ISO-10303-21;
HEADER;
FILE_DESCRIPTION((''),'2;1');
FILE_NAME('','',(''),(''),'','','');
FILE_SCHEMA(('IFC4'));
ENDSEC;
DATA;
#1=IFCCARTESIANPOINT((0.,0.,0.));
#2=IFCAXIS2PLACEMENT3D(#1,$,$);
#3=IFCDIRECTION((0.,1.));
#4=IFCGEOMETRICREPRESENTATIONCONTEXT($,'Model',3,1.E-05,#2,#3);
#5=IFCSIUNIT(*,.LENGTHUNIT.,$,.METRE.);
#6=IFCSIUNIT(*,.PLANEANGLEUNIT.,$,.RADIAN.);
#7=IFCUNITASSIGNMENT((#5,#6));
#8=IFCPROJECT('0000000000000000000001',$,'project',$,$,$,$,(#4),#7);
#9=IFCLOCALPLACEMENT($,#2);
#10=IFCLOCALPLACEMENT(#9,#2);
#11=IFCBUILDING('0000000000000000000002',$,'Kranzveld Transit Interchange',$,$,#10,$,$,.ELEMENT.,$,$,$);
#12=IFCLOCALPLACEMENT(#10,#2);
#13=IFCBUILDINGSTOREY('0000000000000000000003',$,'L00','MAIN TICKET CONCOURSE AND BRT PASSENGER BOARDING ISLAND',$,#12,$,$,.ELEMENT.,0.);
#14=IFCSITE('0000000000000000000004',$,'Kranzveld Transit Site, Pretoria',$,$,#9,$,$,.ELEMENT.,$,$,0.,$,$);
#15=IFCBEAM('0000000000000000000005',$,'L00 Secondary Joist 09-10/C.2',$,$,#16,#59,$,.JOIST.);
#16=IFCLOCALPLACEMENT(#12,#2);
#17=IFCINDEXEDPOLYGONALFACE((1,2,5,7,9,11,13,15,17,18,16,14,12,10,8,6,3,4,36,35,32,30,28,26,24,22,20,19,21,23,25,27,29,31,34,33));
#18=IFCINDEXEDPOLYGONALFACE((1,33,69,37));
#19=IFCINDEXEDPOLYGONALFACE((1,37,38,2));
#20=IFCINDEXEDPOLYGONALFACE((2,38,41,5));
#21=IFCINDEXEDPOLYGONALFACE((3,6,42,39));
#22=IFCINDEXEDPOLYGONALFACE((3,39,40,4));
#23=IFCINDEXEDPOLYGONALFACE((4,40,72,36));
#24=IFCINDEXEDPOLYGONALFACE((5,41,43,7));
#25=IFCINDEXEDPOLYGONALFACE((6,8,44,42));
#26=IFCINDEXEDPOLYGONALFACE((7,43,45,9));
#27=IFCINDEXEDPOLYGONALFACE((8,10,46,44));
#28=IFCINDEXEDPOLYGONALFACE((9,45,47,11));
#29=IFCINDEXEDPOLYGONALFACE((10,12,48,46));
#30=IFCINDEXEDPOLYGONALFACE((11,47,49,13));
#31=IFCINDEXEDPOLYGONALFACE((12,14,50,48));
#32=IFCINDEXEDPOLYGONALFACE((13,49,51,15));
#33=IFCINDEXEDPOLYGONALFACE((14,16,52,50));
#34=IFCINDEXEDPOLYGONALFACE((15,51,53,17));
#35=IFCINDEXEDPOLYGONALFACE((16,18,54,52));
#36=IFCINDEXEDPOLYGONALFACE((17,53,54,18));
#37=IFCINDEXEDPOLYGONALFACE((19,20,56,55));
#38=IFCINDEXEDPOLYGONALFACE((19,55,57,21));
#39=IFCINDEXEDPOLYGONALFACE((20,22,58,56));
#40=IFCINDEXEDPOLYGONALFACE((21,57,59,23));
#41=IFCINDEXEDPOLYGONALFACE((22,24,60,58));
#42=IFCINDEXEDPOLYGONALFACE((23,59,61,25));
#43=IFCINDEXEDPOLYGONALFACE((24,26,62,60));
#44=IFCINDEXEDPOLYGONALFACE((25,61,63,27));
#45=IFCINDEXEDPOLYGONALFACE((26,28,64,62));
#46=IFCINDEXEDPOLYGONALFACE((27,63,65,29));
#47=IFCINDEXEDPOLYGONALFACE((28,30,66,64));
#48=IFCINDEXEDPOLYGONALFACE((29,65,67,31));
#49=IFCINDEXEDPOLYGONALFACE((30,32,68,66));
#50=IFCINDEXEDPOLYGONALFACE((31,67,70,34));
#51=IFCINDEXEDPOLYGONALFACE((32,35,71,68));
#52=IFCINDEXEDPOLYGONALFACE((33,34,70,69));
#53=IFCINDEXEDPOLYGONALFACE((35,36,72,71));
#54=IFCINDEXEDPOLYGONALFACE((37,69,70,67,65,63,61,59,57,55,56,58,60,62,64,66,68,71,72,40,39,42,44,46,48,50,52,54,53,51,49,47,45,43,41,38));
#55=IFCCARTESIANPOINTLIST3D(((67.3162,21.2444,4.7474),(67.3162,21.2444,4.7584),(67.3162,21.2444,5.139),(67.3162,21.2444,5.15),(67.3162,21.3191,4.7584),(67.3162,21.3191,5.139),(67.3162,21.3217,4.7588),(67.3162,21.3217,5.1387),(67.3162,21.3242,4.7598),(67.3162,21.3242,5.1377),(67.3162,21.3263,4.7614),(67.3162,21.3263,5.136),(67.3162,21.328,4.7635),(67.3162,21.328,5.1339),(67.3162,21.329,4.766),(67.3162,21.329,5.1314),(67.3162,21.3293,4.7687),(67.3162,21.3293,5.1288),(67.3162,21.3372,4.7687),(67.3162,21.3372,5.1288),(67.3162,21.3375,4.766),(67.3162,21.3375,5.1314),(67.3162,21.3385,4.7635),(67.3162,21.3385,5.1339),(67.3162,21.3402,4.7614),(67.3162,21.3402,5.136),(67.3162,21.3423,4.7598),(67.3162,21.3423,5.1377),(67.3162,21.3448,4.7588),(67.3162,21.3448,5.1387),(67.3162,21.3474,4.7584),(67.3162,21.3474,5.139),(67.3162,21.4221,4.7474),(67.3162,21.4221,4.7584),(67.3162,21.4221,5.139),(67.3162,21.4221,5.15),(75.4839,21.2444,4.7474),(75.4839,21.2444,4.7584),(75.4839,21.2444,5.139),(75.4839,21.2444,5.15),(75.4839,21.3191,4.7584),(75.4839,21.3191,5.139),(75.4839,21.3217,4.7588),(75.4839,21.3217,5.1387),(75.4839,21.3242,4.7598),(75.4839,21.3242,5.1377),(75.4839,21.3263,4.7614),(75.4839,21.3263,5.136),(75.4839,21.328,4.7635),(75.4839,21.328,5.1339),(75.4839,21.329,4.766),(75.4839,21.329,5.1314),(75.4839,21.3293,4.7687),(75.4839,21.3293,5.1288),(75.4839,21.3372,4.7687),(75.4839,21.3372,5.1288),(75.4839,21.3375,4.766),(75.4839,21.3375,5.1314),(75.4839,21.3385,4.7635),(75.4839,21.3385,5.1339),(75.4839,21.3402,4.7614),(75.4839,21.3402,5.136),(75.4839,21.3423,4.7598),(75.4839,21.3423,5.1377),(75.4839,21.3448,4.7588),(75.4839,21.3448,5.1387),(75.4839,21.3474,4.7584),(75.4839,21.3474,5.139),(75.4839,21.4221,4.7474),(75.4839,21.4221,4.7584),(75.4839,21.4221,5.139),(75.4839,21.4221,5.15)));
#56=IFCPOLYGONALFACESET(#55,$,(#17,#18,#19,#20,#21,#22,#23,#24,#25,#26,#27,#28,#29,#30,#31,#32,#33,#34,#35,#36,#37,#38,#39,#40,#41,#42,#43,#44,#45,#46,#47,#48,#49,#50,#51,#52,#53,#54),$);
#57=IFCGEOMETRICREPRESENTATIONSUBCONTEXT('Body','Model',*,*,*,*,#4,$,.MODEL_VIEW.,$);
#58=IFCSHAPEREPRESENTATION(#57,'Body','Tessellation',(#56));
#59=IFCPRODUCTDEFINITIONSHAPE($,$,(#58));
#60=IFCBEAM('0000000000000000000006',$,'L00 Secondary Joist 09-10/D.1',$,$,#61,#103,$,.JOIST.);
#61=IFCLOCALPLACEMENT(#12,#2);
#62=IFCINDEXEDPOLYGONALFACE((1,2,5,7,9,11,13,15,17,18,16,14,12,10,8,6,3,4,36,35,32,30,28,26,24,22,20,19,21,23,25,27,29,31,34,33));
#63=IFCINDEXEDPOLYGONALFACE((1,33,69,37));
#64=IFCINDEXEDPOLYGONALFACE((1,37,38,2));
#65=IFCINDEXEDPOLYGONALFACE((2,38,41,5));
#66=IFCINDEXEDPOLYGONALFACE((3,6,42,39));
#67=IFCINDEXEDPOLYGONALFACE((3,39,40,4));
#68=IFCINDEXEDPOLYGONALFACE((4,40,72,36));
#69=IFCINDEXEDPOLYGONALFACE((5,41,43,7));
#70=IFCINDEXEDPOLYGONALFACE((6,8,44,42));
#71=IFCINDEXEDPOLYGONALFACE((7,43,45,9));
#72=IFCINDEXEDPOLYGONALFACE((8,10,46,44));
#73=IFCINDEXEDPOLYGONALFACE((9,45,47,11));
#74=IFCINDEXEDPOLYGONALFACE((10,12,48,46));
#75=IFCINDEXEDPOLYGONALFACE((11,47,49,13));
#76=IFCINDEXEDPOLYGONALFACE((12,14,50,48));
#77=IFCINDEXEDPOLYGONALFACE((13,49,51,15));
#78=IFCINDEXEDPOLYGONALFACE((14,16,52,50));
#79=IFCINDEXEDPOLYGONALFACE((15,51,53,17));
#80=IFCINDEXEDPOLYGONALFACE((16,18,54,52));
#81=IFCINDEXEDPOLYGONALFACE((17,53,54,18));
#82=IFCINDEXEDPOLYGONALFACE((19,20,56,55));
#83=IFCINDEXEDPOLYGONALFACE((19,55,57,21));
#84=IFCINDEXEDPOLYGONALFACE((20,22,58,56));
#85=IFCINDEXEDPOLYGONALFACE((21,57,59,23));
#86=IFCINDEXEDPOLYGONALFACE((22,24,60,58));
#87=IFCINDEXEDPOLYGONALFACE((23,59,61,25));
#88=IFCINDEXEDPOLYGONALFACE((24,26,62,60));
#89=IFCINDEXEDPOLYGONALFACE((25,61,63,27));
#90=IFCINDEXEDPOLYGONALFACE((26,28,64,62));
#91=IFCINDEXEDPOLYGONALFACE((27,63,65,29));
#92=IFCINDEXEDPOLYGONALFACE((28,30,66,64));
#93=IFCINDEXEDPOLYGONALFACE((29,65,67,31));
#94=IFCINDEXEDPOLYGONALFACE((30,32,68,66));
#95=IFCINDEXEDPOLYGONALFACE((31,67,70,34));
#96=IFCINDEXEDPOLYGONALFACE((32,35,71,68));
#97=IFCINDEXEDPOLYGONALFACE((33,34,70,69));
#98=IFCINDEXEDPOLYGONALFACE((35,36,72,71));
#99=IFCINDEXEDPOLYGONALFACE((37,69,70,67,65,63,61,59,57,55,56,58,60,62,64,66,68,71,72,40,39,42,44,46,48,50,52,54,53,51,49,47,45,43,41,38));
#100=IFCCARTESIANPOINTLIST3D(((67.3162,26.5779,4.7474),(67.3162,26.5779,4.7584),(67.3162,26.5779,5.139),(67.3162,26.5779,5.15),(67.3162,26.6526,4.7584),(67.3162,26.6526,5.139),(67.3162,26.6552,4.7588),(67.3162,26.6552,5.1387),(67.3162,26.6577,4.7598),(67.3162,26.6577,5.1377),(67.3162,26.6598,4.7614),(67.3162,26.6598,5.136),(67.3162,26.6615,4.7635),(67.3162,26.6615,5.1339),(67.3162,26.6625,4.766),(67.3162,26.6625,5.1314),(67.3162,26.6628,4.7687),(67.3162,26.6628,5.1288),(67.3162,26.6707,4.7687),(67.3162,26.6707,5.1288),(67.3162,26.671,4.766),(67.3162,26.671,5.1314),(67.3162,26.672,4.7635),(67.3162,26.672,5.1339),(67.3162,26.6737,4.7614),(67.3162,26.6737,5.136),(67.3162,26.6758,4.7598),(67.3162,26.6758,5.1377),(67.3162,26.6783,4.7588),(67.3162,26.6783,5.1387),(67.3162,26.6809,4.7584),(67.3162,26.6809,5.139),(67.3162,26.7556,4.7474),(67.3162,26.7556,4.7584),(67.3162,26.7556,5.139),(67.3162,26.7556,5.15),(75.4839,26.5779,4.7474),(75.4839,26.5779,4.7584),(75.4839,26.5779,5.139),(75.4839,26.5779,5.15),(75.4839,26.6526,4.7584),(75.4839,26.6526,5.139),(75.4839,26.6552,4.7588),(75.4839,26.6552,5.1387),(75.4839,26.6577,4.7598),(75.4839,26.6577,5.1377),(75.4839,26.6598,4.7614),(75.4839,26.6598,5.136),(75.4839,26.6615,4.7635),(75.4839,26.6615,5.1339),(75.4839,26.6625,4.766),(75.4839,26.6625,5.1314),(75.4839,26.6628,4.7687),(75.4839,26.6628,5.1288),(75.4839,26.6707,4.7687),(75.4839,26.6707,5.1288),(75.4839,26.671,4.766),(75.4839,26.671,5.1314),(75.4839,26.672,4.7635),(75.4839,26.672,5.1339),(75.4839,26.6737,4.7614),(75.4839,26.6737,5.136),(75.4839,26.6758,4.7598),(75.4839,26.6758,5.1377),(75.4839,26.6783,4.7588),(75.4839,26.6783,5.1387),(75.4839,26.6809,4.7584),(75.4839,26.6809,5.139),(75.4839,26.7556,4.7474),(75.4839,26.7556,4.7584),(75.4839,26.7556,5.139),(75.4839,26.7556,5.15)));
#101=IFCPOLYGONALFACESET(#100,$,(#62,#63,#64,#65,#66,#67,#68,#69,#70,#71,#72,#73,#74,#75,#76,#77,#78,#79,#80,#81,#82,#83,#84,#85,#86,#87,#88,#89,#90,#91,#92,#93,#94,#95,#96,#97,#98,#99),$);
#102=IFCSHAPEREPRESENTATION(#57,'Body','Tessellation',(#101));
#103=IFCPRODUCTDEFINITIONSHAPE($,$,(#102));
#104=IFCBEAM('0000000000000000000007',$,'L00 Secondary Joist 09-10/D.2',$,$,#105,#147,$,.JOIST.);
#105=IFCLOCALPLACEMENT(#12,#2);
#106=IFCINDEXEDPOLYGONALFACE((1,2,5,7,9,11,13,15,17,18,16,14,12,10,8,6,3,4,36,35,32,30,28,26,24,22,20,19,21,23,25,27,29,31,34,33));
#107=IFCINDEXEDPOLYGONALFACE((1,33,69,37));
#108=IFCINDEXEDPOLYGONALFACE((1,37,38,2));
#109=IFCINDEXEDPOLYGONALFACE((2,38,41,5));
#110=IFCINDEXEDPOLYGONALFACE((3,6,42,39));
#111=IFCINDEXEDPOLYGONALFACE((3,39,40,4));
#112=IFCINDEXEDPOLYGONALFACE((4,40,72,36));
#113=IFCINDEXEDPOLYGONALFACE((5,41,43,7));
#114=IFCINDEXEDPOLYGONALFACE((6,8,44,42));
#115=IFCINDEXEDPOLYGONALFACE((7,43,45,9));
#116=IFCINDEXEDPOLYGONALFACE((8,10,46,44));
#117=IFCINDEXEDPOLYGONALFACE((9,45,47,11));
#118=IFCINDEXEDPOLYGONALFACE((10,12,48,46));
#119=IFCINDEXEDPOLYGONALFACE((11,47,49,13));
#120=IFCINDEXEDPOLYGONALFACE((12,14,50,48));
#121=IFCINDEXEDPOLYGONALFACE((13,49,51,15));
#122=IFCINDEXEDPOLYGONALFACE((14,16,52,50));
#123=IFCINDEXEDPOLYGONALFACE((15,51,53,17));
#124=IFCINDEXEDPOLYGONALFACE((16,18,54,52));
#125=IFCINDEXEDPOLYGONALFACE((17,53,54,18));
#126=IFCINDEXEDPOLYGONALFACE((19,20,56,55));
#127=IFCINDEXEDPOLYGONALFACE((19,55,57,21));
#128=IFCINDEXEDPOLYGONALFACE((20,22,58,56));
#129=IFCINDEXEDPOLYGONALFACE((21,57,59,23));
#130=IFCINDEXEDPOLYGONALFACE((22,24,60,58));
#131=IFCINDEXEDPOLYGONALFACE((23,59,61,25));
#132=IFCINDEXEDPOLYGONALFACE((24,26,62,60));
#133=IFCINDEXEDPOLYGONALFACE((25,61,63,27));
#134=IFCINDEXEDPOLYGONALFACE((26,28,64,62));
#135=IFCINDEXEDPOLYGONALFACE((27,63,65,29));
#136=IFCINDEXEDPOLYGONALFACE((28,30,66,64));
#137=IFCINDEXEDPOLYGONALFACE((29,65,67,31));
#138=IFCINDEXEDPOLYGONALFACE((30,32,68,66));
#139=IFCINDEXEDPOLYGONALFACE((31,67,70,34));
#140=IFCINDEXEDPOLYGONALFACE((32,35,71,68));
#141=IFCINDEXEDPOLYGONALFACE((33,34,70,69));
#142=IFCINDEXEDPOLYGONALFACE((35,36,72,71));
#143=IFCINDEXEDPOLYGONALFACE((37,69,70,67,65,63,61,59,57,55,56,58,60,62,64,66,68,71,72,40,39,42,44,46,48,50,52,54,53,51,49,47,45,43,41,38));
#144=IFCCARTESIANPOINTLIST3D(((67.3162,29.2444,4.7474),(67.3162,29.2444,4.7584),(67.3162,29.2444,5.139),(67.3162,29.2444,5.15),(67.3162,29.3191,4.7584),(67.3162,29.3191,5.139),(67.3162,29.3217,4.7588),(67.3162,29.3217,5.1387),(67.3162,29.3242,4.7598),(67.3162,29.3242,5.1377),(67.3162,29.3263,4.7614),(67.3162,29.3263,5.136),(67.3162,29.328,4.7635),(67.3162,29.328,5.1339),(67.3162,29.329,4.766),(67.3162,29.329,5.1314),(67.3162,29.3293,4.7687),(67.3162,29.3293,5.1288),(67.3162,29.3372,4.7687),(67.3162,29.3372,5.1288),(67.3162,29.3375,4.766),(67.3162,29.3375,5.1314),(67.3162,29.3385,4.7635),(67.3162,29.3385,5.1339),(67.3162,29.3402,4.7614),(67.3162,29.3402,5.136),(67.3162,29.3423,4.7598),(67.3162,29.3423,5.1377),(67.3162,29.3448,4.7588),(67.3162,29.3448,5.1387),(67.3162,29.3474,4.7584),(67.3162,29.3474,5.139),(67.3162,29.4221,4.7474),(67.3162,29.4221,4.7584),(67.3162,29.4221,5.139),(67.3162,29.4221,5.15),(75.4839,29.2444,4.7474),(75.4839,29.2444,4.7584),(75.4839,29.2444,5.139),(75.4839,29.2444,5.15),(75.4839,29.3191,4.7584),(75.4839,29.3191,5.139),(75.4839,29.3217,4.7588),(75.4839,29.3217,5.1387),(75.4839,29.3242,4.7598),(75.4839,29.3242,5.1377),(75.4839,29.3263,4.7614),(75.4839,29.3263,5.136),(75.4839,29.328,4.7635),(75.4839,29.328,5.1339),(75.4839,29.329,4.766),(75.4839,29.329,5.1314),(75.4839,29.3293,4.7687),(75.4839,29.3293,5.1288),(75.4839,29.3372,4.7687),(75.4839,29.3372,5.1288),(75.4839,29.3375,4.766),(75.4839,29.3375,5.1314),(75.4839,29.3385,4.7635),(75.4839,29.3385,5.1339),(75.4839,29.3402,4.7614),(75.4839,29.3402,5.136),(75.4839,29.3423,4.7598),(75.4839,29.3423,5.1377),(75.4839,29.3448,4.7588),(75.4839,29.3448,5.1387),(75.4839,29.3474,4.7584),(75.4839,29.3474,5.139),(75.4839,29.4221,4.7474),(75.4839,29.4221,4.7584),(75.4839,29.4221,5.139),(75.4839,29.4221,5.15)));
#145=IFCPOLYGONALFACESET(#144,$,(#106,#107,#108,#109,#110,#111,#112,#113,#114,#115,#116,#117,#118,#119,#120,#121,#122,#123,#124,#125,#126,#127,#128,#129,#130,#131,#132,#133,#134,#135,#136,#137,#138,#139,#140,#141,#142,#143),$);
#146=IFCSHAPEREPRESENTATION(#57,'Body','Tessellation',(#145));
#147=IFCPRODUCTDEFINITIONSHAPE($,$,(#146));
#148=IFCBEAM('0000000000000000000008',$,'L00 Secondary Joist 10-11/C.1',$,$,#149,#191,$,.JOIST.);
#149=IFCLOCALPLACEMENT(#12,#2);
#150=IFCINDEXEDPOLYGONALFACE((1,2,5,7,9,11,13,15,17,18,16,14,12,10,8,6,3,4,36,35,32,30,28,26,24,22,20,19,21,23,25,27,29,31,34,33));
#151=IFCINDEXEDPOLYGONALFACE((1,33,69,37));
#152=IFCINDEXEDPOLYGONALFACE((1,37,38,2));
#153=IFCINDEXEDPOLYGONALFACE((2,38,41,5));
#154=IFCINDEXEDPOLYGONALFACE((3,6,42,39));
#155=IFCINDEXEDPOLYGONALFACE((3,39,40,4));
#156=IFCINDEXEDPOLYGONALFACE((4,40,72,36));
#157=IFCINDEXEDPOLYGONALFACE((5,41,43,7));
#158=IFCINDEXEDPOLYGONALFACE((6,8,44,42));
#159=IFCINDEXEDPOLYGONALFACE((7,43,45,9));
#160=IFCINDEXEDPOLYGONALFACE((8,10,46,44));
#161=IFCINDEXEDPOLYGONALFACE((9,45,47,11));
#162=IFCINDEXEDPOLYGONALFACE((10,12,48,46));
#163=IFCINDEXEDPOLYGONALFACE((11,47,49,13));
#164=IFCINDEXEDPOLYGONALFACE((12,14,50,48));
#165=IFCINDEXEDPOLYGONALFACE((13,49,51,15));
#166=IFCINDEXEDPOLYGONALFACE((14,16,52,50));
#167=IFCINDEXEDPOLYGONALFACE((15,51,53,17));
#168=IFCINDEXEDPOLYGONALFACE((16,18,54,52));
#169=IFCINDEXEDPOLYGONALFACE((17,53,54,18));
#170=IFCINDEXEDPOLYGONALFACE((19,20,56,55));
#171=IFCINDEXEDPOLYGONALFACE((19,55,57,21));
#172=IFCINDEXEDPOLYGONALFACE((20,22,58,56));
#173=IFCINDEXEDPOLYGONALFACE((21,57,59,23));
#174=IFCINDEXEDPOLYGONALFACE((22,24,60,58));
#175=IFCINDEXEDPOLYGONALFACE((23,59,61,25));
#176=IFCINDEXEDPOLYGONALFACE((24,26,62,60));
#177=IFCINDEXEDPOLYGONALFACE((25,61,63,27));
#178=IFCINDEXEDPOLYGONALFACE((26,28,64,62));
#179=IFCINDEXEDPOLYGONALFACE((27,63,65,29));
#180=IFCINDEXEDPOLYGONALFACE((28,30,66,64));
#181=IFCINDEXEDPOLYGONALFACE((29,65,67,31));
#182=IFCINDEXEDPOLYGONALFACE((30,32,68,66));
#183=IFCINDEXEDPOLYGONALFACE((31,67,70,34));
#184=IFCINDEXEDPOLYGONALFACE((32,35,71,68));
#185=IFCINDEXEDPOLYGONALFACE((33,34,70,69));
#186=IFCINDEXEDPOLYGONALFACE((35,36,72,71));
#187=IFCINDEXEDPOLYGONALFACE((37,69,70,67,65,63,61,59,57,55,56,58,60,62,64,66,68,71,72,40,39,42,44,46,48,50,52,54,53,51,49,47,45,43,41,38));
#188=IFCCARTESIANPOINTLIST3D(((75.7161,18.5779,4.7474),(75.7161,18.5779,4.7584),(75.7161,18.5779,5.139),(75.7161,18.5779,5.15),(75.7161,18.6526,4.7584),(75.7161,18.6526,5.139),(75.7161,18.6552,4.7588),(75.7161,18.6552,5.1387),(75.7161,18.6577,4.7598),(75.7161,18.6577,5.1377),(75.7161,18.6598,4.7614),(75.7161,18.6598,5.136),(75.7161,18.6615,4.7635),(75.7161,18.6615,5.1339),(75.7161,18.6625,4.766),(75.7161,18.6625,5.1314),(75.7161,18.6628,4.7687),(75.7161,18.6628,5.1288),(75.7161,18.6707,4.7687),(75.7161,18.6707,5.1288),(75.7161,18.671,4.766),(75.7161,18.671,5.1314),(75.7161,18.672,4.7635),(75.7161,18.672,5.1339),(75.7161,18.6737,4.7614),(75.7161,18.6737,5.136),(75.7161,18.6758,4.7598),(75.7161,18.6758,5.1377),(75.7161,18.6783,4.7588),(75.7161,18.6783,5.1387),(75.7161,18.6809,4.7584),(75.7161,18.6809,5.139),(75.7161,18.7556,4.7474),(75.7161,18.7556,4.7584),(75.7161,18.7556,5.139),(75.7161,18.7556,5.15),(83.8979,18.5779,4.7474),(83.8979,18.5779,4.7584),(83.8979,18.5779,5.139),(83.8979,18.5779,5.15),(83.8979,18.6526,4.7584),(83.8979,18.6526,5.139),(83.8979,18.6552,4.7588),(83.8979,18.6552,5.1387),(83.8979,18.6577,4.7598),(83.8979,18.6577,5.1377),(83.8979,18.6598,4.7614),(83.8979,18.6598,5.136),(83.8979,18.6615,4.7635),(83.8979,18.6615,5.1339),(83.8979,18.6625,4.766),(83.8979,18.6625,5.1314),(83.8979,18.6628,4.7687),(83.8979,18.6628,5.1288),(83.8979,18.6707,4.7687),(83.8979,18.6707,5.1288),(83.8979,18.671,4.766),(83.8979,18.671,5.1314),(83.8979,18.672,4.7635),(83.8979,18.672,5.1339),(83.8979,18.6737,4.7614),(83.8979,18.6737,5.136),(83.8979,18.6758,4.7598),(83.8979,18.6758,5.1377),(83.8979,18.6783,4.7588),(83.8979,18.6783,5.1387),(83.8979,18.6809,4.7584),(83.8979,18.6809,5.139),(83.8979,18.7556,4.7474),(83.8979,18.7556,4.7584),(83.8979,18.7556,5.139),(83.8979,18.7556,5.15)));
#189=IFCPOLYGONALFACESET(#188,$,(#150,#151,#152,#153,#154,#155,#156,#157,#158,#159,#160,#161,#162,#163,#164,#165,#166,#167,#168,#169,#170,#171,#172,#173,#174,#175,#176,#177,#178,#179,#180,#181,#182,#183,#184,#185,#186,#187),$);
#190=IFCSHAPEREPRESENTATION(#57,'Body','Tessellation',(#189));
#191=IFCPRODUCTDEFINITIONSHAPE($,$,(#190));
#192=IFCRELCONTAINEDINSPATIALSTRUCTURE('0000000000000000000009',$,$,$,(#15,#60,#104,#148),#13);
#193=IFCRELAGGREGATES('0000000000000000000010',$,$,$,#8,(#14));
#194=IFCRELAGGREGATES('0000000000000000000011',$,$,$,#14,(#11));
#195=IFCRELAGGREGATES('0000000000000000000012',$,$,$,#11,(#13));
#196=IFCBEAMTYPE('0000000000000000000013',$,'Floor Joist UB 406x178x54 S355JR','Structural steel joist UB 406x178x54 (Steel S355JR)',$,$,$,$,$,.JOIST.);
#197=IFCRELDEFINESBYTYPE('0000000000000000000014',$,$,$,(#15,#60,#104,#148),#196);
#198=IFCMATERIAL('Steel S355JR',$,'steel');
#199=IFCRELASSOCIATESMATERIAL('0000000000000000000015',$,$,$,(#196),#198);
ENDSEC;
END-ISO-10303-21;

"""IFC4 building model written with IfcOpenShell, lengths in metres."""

from ifc_helpers import new_model, si_unit, direction, frame, origin, origin_2d, place, context, subcontext, project, spatial, i_section, extrude, material, material_profile, profile_set, type_object, element, save


model = new_model("IFC4")

# Units and contexts
model_context = context("Model", 3, precision=1e-05, world=origin(), true_north=direction((0.0, 1.0)))
body_context = subcontext(model_context, "Body", "Model", "MODEL_VIEW")
ifc_project = project(units=[si_unit("LENGTHUNIT", "METRE"), si_unit("PLANEANGLEUNIT", "RADIAN")], contexts=[model_context])

# Site, building, storey
site_placement = place(None, origin())
site = spatial("IfcSite", under=ifc_project, at=site_placement, Name="Kranzveld Transit Site, Pretoria", CompositionType="ELEMENT", RefElevation=0.0)
building_placement = place(site_placement, origin())
building = spatial("IfcBuilding", under=site, at=building_placement, Name="Kranzveld Transit Interchange", CompositionType="ELEMENT")
storey_placement = place(building_placement, origin())
storey = spatial("IfcBuildingStorey", under=building, at=storey_placement, Name="L00", Description="MAIN TICKET CONCOURSE AND BRT PASSENGER BOARDING ISLAND", CompositionType="ELEMENT", Elevation=0.0)

# Beams
ifc_material_1 = material(Name="Steel S355JR", Category="steel")
ifc_material_profile_1 = material_profile(ifc_material_1, i_section(OverallWidth=0.1777, OverallDepth=0.4026, WebThickness=0.0078, FlangeThickness=0.011, FilletRadius=0.0103, at=origin_2d()), Name="UB 406x178x54")
ifc_profile_set_1 = profile_set([ifc_material_profile_1], Name="Steel S355JR")
beam_type_1 = type_object("IfcBeamType", Name="Floor Joist UB 406x178x54 S355JR", Description="Structural steel joist UB 406x178x54 (Steel S355JR)", PredefinedType="JOIST", material=ifc_profile_set_1)
for number, where, z_axis, x_axis, name in (
    (1, (67.3162, 21.3333, 4.9487), (1.0, 0.0, 0.0), (0.0, 1.0, 0.0), "L00 Secondary Joist 09-10/C.2"),
    (2, (67.3162, 26.6667, 4.9487), (1.0, 0.0, 0.0), (0.0, 1.0, 0.0), "L00 Secondary Joist 09-10/D.1"),
    (3, (67.3162, 29.3333, 4.9487), (1.0, 0.0, 0.0), (0.0, 1.0, 0.0), "L00 Secondary Joist 09-10/D.2"),
):
    element("IfcBeam", number, at=place(storey_placement, frame(where, z_axis=z_axis, x_axis=x_axis)), inside=storey, type_object=beam_type_1, Name=name, PredefinedType="JOIST", context=body_context, shape_type="SweptSolid", body=[
        extrude(i_section(OverallWidth=0.1777, OverallDepth=0.4026, WebThickness=0.0078, FlangeThickness=0.011, FilletRadius=0.0103, at=origin_2d()), origin(), (0.0, 0.0, 1.0), 8.1677),
    ])
for number, where, z_axis, x_axis, name in (
    (4, (75.7161, 18.6667, 4.9487), (1.0, 0.0, 0.0), (0.0, 1.0, 0.0), "L00 Secondary Joist 10-11/C.1"),
):
    element("IfcBeam", number, at=place(storey_placement, frame(where, z_axis=z_axis, x_axis=x_axis)), inside=storey, type_object=beam_type_1, Name=name, PredefinedType="JOIST", context=body_context, shape_type="SweptSolid", body=[
        extrude(i_section(OverallWidth=0.1777, OverallDepth=0.4026, WebThickness=0.0078, FlangeThickness=0.011, FilletRadius=0.0103, at=origin_2d()), origin(), (0.0, 0.0, 1.0), 8.1819),
    ])

save(model, "model.ifc")
